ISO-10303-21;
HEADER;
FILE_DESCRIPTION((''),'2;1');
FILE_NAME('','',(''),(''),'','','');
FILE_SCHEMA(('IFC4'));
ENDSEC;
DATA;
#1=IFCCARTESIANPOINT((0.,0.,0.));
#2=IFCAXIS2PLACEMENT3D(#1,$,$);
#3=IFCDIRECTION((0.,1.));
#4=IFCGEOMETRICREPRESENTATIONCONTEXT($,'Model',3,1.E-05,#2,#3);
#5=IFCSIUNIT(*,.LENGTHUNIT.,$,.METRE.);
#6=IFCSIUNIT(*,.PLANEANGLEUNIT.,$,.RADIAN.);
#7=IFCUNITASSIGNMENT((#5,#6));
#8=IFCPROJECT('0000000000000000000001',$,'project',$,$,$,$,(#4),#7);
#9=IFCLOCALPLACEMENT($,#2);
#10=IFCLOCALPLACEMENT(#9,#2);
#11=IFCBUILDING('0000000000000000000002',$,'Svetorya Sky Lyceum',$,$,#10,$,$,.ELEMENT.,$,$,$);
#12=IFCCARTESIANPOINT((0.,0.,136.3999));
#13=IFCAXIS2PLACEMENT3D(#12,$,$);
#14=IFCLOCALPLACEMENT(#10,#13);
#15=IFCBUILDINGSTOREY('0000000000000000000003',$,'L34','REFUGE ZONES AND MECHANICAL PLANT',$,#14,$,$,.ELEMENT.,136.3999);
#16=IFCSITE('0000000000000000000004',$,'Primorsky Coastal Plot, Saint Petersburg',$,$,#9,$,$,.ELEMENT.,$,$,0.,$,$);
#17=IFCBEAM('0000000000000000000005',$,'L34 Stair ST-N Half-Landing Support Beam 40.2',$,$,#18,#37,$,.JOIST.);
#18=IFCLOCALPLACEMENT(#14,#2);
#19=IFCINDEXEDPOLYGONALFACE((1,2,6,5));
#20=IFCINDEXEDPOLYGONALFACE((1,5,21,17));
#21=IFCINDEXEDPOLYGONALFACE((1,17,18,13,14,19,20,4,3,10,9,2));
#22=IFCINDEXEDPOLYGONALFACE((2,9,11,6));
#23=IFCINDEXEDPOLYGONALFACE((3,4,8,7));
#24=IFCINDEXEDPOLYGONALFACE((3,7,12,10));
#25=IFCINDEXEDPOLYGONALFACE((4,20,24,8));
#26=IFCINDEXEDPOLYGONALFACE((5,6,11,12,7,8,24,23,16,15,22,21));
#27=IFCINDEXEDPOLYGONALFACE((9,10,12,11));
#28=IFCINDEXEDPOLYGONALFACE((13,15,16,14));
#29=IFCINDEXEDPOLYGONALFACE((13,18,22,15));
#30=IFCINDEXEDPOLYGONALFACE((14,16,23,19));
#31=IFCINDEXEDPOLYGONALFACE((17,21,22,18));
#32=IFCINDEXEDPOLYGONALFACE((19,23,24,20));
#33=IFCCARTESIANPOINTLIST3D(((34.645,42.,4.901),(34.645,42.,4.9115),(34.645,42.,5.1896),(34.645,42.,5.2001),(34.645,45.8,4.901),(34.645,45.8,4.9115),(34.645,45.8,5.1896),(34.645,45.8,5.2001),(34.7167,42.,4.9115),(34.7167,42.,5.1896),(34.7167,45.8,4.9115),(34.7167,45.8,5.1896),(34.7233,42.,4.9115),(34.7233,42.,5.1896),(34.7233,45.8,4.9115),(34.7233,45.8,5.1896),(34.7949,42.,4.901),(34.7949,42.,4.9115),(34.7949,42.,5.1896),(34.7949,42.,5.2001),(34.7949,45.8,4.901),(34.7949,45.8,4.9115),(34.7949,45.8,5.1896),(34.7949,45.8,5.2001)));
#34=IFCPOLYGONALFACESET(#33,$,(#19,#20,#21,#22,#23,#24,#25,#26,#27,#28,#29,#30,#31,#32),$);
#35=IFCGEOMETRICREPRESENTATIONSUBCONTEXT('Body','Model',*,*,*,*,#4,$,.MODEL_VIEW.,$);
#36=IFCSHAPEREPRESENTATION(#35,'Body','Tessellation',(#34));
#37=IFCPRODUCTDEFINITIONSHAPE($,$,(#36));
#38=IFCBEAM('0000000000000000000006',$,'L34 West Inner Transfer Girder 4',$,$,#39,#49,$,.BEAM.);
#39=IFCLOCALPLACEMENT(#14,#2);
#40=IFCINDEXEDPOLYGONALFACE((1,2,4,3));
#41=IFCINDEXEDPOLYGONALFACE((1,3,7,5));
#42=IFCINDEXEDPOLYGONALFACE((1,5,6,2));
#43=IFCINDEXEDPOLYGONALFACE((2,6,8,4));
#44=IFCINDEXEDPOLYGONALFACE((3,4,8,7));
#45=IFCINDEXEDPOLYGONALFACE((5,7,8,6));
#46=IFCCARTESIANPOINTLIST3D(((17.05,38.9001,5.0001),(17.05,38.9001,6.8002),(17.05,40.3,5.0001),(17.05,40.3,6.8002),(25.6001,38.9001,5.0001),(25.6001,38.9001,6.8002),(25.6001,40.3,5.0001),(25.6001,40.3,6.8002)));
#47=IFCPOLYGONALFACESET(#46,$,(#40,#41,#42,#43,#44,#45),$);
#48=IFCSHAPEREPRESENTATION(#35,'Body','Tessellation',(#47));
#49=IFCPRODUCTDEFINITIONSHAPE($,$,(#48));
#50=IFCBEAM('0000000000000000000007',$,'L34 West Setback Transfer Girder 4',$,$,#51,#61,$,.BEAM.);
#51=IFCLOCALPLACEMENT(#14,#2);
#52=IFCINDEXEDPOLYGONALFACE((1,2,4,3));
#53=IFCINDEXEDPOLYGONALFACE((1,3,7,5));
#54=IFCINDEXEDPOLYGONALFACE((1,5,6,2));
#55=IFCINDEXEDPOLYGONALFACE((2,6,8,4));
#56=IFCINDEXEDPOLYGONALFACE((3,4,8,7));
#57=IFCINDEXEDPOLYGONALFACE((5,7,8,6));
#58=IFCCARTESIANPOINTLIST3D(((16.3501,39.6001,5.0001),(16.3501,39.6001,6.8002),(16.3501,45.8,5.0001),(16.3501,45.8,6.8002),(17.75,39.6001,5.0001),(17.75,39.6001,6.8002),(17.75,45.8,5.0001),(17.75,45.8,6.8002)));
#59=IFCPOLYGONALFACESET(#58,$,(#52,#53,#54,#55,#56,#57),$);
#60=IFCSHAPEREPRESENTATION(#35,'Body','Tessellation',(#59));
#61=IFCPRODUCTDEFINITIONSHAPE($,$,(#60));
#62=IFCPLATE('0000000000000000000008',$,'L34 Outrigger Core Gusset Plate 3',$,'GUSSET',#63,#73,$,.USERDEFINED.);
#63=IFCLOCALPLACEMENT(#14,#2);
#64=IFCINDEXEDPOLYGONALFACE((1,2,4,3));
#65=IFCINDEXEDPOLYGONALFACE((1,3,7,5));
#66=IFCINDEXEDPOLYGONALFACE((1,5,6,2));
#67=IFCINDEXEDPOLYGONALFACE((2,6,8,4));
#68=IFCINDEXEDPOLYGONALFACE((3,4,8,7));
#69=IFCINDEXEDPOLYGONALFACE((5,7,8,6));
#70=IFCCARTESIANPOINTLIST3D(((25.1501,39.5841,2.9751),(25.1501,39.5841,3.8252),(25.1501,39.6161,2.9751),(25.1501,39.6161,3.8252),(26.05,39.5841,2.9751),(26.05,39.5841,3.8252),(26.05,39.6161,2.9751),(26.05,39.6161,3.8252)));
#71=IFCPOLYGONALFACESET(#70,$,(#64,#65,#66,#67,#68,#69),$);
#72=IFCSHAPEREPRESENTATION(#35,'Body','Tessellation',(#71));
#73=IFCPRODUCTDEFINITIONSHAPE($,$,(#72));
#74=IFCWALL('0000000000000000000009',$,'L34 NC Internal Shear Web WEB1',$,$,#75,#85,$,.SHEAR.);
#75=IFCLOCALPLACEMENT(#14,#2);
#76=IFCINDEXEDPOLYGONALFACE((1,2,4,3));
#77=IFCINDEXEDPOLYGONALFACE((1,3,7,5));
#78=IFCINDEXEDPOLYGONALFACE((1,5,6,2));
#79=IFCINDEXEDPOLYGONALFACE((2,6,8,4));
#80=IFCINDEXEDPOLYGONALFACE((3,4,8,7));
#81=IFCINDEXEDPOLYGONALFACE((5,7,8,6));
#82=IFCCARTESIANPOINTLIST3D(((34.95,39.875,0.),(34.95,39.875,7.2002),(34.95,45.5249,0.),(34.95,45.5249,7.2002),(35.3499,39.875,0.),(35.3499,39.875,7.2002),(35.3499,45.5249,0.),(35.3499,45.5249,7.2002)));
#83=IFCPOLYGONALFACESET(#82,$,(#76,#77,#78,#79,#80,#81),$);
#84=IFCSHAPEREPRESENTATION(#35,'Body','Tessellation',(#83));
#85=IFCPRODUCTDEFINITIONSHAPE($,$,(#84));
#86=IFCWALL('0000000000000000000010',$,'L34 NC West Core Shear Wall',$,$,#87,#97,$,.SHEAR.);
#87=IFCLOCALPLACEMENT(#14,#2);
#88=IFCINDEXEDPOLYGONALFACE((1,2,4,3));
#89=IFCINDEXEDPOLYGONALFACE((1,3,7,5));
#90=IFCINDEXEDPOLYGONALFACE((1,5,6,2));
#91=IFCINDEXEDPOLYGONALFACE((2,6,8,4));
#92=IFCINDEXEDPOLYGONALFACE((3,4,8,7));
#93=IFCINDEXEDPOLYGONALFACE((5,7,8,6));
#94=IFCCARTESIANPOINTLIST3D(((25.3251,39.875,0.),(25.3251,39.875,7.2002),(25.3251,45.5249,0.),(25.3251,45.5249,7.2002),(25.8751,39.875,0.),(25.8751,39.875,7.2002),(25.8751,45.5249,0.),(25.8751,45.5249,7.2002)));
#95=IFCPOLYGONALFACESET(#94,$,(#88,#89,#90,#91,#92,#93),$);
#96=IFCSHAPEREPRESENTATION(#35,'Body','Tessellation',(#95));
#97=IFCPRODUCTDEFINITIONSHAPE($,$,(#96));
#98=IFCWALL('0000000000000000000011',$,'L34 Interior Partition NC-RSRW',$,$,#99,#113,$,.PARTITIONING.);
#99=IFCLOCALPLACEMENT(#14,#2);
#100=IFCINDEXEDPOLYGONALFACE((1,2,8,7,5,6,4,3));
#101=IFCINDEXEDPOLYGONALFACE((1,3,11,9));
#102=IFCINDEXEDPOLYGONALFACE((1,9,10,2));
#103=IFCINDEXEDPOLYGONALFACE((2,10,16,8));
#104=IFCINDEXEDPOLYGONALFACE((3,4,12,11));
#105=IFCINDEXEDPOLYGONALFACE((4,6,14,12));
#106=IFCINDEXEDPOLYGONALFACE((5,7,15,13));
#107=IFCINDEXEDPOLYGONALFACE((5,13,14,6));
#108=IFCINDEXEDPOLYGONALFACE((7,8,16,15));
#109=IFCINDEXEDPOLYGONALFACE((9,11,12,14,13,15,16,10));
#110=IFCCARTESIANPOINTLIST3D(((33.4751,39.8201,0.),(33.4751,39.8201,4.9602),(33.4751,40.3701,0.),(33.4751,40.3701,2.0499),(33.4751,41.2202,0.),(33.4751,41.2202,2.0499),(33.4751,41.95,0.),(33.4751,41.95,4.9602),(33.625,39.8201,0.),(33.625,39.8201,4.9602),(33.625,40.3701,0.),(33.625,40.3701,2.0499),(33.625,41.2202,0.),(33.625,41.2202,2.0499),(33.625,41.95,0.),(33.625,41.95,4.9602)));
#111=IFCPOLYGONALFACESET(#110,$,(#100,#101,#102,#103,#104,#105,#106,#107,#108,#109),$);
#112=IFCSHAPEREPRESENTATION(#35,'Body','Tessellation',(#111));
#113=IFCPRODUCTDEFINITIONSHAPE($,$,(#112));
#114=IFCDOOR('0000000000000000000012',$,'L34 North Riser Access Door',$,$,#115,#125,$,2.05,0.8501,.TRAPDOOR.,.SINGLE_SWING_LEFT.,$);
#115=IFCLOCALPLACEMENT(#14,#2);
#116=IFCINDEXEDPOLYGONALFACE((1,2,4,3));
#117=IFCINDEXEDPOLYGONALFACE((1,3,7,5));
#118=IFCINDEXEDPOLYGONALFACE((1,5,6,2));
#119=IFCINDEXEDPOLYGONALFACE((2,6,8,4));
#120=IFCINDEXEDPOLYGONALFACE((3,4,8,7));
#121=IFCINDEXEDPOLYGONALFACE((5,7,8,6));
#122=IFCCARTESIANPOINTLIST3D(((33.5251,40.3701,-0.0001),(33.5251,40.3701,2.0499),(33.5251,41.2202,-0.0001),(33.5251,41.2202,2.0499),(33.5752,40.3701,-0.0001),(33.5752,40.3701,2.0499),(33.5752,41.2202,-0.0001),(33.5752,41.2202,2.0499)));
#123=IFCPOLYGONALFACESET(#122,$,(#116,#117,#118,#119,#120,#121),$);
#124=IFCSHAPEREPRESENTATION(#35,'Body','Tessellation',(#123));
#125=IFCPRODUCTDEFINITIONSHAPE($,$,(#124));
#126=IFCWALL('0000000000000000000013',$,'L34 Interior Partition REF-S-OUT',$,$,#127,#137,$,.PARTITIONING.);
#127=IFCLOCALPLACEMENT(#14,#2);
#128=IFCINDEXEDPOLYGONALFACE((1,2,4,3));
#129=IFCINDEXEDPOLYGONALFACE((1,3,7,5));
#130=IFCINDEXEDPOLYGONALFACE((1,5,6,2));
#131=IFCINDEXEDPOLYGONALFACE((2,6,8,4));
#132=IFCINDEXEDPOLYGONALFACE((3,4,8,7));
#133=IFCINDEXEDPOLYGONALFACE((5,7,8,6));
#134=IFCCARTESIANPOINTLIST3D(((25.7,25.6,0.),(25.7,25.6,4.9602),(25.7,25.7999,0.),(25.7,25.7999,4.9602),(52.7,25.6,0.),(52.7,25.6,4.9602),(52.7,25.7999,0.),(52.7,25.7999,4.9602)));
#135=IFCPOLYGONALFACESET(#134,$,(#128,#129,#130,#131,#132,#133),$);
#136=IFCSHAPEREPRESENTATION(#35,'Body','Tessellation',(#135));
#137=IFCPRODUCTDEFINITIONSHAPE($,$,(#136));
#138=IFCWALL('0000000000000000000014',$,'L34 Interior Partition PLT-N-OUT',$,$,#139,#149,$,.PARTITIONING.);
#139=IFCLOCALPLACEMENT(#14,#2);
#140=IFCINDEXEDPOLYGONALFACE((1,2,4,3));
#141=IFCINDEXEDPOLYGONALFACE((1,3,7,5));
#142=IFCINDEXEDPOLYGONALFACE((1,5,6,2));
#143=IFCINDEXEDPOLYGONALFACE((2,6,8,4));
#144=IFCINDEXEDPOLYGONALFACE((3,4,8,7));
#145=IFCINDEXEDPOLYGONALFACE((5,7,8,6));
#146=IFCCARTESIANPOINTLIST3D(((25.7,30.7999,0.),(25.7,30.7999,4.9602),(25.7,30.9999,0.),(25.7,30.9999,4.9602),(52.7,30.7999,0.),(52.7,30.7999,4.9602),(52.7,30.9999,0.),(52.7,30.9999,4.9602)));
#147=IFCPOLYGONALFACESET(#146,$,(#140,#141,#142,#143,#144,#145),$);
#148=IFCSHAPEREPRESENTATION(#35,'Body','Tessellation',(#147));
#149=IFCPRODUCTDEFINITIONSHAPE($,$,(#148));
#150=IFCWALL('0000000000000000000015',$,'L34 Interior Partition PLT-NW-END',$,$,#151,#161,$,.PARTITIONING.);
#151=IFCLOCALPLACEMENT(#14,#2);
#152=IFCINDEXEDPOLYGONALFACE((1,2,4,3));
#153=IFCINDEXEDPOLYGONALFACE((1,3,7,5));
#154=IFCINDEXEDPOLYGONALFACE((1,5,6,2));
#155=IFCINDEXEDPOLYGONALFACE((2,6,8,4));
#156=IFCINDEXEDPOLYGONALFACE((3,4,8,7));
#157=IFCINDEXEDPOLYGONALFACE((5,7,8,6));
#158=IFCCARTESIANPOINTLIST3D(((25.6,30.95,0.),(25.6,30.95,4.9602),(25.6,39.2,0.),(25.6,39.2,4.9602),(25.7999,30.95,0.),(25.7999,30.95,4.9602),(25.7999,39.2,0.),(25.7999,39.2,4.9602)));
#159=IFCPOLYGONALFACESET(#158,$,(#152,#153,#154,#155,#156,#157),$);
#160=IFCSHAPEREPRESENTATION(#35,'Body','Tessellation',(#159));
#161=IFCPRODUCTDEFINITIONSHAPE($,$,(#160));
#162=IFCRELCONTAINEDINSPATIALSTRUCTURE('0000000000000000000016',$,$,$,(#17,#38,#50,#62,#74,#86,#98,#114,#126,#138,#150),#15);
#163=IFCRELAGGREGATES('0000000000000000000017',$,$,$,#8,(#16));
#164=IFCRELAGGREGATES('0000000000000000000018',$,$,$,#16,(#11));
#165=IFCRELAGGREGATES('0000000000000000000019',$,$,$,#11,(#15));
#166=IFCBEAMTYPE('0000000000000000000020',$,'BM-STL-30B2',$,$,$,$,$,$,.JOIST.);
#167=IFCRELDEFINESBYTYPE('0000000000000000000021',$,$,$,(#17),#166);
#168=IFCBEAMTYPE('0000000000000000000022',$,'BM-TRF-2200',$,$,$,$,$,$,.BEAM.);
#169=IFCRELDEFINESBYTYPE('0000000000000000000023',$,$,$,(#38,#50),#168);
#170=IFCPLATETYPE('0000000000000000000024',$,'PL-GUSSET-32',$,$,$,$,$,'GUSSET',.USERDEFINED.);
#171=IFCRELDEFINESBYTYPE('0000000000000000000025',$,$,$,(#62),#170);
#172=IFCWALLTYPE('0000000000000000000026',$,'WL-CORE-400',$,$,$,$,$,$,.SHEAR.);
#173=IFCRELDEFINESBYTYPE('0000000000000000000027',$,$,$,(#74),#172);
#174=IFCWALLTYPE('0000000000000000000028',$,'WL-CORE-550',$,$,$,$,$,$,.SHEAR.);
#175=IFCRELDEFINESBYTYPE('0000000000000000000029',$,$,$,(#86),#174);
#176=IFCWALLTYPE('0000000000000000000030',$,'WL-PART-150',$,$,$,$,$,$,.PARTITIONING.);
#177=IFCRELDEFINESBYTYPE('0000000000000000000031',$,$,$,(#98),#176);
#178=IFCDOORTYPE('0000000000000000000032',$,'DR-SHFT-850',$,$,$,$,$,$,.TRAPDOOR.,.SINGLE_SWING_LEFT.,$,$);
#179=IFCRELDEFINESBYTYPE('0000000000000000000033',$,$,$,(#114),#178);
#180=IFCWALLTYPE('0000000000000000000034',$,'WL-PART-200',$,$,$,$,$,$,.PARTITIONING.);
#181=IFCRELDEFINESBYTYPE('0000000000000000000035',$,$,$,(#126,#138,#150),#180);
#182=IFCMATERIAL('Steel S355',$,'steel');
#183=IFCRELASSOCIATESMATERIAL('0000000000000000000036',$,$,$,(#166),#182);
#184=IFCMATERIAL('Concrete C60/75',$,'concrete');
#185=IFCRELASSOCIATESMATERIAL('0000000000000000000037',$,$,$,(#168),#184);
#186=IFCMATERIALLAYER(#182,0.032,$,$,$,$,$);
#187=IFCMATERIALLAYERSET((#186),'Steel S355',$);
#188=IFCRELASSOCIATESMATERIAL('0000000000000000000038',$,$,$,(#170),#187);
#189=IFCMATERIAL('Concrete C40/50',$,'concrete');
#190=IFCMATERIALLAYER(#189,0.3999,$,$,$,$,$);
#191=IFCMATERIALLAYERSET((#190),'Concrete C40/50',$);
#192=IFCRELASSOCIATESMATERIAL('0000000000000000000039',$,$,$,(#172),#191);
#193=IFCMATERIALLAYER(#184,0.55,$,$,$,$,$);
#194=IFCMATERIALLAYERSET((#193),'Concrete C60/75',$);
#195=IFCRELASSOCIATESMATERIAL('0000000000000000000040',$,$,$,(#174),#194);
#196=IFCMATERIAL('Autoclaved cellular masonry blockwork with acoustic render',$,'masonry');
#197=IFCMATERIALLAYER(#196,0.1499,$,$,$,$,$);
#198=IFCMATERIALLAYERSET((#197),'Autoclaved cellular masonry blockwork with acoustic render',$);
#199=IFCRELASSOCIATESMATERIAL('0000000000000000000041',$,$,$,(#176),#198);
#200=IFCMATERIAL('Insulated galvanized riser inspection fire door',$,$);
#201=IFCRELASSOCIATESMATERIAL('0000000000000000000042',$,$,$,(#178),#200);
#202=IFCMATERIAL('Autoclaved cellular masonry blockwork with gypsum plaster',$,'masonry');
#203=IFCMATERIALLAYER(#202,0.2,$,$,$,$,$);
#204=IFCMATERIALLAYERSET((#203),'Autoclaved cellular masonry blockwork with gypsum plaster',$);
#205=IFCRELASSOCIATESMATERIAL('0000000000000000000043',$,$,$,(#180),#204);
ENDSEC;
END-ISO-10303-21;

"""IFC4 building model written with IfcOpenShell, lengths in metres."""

from ifc_helpers import new_model, si_unit, direction, frame, frame_2d, origin, origin_2d, place, context, subcontext, project, spatial, rectangle, i_section, extrude, material, layer, layer_set, material_profile, profile_set, type_object, element, fill, save


model = new_model("IFC4")

# Units and contexts
model_context = context("Model", 3, precision=1e-05, world=origin(), true_north=direction((0.0, 1.0)))
body_context = subcontext(model_context, "Body", "Model", "MODEL_VIEW")
ifc_project = project(units=[si_unit("LENGTHUNIT", "METRE"), si_unit("PLANEANGLEUNIT", "RADIAN")], contexts=[model_context])

# Site, building, storey
site_placement = place(None, origin())
site = spatial("IfcSite", under=ifc_project, at=site_placement, Name="Primorsky Coastal Plot, Saint Petersburg", CompositionType="ELEMENT", RefElevation=0.0)
building_placement = place(site_placement, origin())
building = spatial("IfcBuilding", under=site, at=building_placement, Name="Svetorya Sky Lyceum", CompositionType="ELEMENT")
storey_placement = place(building_placement, frame((0.0, 0.0, 136.3999)))
storey = spatial("IfcBuildingStorey", under=building, at=storey_placement, Name="L34", Description="REFUGE ZONES AND MECHANICAL PLANT", CompositionType="ELEMENT", Elevation=136.3999)

# Beams
ifc_material_1 = material(Name="Steel S355", Category="steel")
ifc_material_profile_1 = material_profile(ifc_material_1, i_section(OverallWidth=0.1499, OverallDepth=0.2991, WebThickness=0.0066, FlangeThickness=0.0105, at=origin_2d()), Name="GOST 30B2")
ifc_profile_set_1 = profile_set([ifc_material_profile_1], Name="Steel S355")
beam_type_1 = type_object("IfcBeamType", Name="BM-STL-30B2", PredefinedType="JOIST", material=ifc_profile_set_1)
for number, where, z_axis, x_axis, name in (
    (1, (34.72, 42.0, 5.0505), (0.0, 1.0, 0.0), (-1.0, 0.0, 0.0), "L34 Stair ST-N Half-Landing Support Beam 40.2"),
):
    element("IfcBeam", number, at=place(storey_placement, frame(where, z_axis=z_axis, x_axis=x_axis)), inside=storey, type_object=beam_type_1, Name=name, PredefinedType="JOIST", context=body_context, shape_type="SweptSolid", body=[
        extrude(i_section(OverallWidth=0.1499, OverallDepth=0.2991, WebThickness=0.0066, FlangeThickness=0.0105, at=origin_2d()), origin(), (0.0, 0.0, 1.0), 3.8),
    ])
ifc_material_2 = material(Name="Concrete C60/75", Category="concrete")
ifc_material_profile_2 = material_profile(ifc_material_2, rectangle(XDim=1.3999, YDim=1.8, at=origin_2d()), Name="RC TRANSFER 1400x1800")
ifc_profile_set_2 = profile_set([ifc_material_profile_2], Name="Concrete C60/75")
beam_type_2 = type_object("IfcBeamType", Name="BM-TRF-2200", PredefinedType="BEAM", material=ifc_profile_set_2)
beam_1_placement = place(storey_placement, frame((17.05, 39.6001, 5.9001), z_axis=(1.0, 0.0, 0.0), x_axis=(0.0, 1.0, 0.0)))
element("IfcBeam", 2, at=beam_1_placement, inside=storey, type_object=beam_type_2, Name="L34 West Inner Transfer Girder 4", PredefinedType="BEAM", context=body_context, shape_type="SweptSolid", body=[
    extrude(rectangle(XDim=1.3999, YDim=1.8, at=origin_2d()), origin(), (0.0, 0.0, 1.0), 8.55),
])
beam_2_placement = place(storey_placement, frame((17.05, 39.6001, 5.9001), z_axis=(0.0, 1.0, 0.0), x_axis=(-1.0, 0.0, 0.0)))
element("IfcBeam", 3, at=beam_2_placement, inside=storey, type_object=beam_type_2, Name="L34 West Setback Transfer Girder 4", PredefinedType="BEAM", context=body_context, shape_type="SweptSolid", body=[
    extrude(rectangle(XDim=1.3999, YDim=1.8, at=origin_2d()), origin(), (0.0, 0.0, 1.0), 6.2),
])

# Plate
ifc_layer_1 = layer(ifc_material_1, 0.032)
ifc_layer_set_1 = layer_set([ifc_layer_1], Name="Steel S355")
plate_type = type_object("IfcPlateType", Name="PL-GUSSET-32", ElementType="GUSSET", PredefinedType="USERDEFINED", material=ifc_layer_set_1)
plate_placement = place(storey_placement, frame((25.6001, 39.6001, 2.9751), z_axis=(0.0, 0.0, 1.0), x_axis=(1.0, 0.0, 0.0)))
element("IfcPlate", 4, at=plate_placement, inside=storey, type_object=plate_type, Name="L34 Outrigger Core Gusset Plate 3", ObjectType="GUSSET", PredefinedType="USERDEFINED", context=body_context, shape_type="SweptSolid", body=[
    extrude(rectangle(XDim=0.8999, YDim=0.032, at=origin_2d()), origin(), (0.0, 0.0, 1.0), 0.8501),
])

# Walls
ifc_material_3 = material(Name="Concrete C40/50", Category="concrete")
ifc_layer_2 = layer(ifc_material_3, 0.3999)
ifc_layer_set_2 = layer_set([ifc_layer_2], Name="Concrete C40/50")
wall_type_1 = type_object("IfcWallType", Name="WL-CORE-400", PredefinedType="SHEAR", material=ifc_layer_set_2)
wall_1_placement = place(storey_placement, frame((35.1499, 39.875, 0.0), z_axis=(0.0, 0.0, 1.0), x_axis=(0.0, 1.0, 0.0)))
element("IfcWall", 5, at=wall_1_placement, inside=storey, type_object=wall_type_1, Name="L34 NC Internal Shear Web WEB1", PredefinedType="SHEAR", context=body_context, shape_type="SweptSolid", body=[
    extrude(rectangle(XDim=5.6499, YDim=0.3999, at=frame_2d((2.825, 0.0))), origin(), (0.0, 0.0, 1.0), 7.2002),
])
ifc_layer_3 = layer(ifc_material_2, 0.55)
ifc_layer_set_3 = layer_set([ifc_layer_3], Name="Concrete C60/75")
wall_type_2 = type_object("IfcWallType", Name="WL-CORE-550", PredefinedType="SHEAR", material=ifc_layer_set_3)
wall_2_placement = place(storey_placement, frame((25.6001, 39.875, 0.0), z_axis=(0.0, 0.0, 1.0), x_axis=(0.0, 1.0, 0.0)))
element("IfcWall", 6, at=wall_2_placement, inside=storey, type_object=wall_type_2, Name="L34 NC West Core Shear Wall", PredefinedType="SHEAR", context=body_context, shape_type="SweptSolid", body=[
    extrude(rectangle(XDim=5.6499, YDim=0.55, at=frame_2d((2.825, 0.0))), origin(), (0.0, 0.0, 1.0), 7.2002),
])

# Wall, opening, door
ifc_material_4 = material(Name="Autoclaved cellular masonry blockwork with acoustic render", Category="masonry")
ifc_layer_4 = layer(ifc_material_4, 0.1499)
ifc_layer_set_4 = layer_set([ifc_layer_4], Name="Autoclaved cellular masonry blockwork with acoustic render")
wall_type_3 = type_object("IfcWallType", Name="WL-PART-150", PredefinedType="PARTITIONING", material=ifc_layer_set_4)
wall_3_placement = place(storey_placement, frame((33.55, 39.8201, 0.0), z_axis=(0.0, 0.0, 1.0), x_axis=(0.0, 1.0, 0.0)))
wall_3 = element("IfcWall", 7, at=wall_3_placement, inside=storey, type_object=wall_type_3, Name="L34 Interior Partition NC-RSRW", PredefinedType="PARTITIONING", context=body_context, shape_type="SweptSolid", body=[
    extrude(rectangle(XDim=2.1299, YDim=0.1499, at=frame_2d((1.0649, 0.0))), origin(), (0.0, 0.0, 1.0), 4.9602),
])
opening_placement = place(wall_3_placement, frame((0.55, 0.0, 0.0)))
opening = element("IfcOpeningElement", 8, at=opening_placement, cuts=wall_3, PredefinedType="OPENING", context=body_context, shape_type="SweptSolid", body=[
    extrude(rectangle(XDim=0.8501, YDim=2.05, at=frame_2d((0.425, 1.0249))), frame((0.0, 0.085, 0.0), z_axis=(0.0, -1.0, 0.0), x_axis=(1.0, 0.0, 0.0)), (0.0, 0.0, 1.0), 0.1699),
])
ifc_material_5 = material(Name="Insulated galvanized riser inspection fire door")
door_type = type_object("IfcDoorType", Name="DR-SHFT-850", OperationType="SINGLE_SWING_LEFT", PredefinedType="TRAPDOOR", material=ifc_material_5)
door_placement = place(opening_placement, origin())
door = element("IfcDoor", 9, at=door_placement, inside=storey, type_object=door_type, Name="L34 North Riser Access Door", OperationType="SINGLE_SWING_LEFT", OverallHeight=2.05, OverallWidth=0.8501, PredefinedType="TRAPDOOR", context=body_context, shape_type="SweptSolid", body=[
    extrude(rectangle(XDim=0.8501, YDim=2.05, at=frame_2d((0.425, 1.0249))), frame((0.0, 0.0249, 0.0), z_axis=(0.0, -1.0, 0.0), x_axis=(1.0, 0.0, 0.0)), (0.0, 0.0, 1.0), 0.05),
])
fill(opening, door)

# Walls
ifc_material_6 = material(Name="Autoclaved cellular masonry blockwork with gypsum plaster", Category="masonry")
ifc_layer_5 = layer(ifc_material_6, 0.2)
ifc_layer_set_5 = layer_set([ifc_layer_5], Name="Autoclaved cellular masonry blockwork with gypsum plaster")
wall_type_4 = type_object("IfcWallType", Name="WL-PART-200", PredefinedType="PARTITIONING", material=ifc_layer_set_5)
for number, where, z_axis, x_axis, name in (
    (10, (25.7, 25.7, 0.0), (0.0, 0.0, 1.0), (1.0, 0.0, 0.0), "L34 Interior Partition REF-S-OUT"),
    (11, (25.7, 30.8999, 0.0), (0.0, 0.0, 1.0), (1.0, 0.0, 0.0), "L34 Interior Partition PLT-N-OUT"),
):
    element("IfcWall", number, at=place(storey_placement, frame(where, z_axis=z_axis, x_axis=x_axis)), inside=storey, type_object=wall_type_4, Name=name, PredefinedType="PARTITIONING", context=body_context, shape_type="SweptSolid", body=[
        extrude(rectangle(XDim=27.0, YDim=0.2, at=frame_2d((13.5, 0.0))), origin(), (0.0, 0.0, 1.0), 4.9602),
    ])
wall_4_placement = place(storey_placement, frame((25.7, 30.95, 0.0), z_axis=(0.0, 0.0, 1.0), x_axis=(0.0, 1.0, 0.0)))
element("IfcWall", 12, at=wall_4_placement, inside=storey, type_object=wall_type_4, Name="L34 Interior Partition PLT-NW-END", PredefinedType="PARTITIONING", context=body_context, shape_type="SweptSolid", body=[
    extrude(rectangle(XDim=8.25, YDim=0.2, at=frame_2d((4.125, 0.0))), origin(), (0.0, 0.0, 1.0), 4.9602),
])

save(model, "model.ifc")
